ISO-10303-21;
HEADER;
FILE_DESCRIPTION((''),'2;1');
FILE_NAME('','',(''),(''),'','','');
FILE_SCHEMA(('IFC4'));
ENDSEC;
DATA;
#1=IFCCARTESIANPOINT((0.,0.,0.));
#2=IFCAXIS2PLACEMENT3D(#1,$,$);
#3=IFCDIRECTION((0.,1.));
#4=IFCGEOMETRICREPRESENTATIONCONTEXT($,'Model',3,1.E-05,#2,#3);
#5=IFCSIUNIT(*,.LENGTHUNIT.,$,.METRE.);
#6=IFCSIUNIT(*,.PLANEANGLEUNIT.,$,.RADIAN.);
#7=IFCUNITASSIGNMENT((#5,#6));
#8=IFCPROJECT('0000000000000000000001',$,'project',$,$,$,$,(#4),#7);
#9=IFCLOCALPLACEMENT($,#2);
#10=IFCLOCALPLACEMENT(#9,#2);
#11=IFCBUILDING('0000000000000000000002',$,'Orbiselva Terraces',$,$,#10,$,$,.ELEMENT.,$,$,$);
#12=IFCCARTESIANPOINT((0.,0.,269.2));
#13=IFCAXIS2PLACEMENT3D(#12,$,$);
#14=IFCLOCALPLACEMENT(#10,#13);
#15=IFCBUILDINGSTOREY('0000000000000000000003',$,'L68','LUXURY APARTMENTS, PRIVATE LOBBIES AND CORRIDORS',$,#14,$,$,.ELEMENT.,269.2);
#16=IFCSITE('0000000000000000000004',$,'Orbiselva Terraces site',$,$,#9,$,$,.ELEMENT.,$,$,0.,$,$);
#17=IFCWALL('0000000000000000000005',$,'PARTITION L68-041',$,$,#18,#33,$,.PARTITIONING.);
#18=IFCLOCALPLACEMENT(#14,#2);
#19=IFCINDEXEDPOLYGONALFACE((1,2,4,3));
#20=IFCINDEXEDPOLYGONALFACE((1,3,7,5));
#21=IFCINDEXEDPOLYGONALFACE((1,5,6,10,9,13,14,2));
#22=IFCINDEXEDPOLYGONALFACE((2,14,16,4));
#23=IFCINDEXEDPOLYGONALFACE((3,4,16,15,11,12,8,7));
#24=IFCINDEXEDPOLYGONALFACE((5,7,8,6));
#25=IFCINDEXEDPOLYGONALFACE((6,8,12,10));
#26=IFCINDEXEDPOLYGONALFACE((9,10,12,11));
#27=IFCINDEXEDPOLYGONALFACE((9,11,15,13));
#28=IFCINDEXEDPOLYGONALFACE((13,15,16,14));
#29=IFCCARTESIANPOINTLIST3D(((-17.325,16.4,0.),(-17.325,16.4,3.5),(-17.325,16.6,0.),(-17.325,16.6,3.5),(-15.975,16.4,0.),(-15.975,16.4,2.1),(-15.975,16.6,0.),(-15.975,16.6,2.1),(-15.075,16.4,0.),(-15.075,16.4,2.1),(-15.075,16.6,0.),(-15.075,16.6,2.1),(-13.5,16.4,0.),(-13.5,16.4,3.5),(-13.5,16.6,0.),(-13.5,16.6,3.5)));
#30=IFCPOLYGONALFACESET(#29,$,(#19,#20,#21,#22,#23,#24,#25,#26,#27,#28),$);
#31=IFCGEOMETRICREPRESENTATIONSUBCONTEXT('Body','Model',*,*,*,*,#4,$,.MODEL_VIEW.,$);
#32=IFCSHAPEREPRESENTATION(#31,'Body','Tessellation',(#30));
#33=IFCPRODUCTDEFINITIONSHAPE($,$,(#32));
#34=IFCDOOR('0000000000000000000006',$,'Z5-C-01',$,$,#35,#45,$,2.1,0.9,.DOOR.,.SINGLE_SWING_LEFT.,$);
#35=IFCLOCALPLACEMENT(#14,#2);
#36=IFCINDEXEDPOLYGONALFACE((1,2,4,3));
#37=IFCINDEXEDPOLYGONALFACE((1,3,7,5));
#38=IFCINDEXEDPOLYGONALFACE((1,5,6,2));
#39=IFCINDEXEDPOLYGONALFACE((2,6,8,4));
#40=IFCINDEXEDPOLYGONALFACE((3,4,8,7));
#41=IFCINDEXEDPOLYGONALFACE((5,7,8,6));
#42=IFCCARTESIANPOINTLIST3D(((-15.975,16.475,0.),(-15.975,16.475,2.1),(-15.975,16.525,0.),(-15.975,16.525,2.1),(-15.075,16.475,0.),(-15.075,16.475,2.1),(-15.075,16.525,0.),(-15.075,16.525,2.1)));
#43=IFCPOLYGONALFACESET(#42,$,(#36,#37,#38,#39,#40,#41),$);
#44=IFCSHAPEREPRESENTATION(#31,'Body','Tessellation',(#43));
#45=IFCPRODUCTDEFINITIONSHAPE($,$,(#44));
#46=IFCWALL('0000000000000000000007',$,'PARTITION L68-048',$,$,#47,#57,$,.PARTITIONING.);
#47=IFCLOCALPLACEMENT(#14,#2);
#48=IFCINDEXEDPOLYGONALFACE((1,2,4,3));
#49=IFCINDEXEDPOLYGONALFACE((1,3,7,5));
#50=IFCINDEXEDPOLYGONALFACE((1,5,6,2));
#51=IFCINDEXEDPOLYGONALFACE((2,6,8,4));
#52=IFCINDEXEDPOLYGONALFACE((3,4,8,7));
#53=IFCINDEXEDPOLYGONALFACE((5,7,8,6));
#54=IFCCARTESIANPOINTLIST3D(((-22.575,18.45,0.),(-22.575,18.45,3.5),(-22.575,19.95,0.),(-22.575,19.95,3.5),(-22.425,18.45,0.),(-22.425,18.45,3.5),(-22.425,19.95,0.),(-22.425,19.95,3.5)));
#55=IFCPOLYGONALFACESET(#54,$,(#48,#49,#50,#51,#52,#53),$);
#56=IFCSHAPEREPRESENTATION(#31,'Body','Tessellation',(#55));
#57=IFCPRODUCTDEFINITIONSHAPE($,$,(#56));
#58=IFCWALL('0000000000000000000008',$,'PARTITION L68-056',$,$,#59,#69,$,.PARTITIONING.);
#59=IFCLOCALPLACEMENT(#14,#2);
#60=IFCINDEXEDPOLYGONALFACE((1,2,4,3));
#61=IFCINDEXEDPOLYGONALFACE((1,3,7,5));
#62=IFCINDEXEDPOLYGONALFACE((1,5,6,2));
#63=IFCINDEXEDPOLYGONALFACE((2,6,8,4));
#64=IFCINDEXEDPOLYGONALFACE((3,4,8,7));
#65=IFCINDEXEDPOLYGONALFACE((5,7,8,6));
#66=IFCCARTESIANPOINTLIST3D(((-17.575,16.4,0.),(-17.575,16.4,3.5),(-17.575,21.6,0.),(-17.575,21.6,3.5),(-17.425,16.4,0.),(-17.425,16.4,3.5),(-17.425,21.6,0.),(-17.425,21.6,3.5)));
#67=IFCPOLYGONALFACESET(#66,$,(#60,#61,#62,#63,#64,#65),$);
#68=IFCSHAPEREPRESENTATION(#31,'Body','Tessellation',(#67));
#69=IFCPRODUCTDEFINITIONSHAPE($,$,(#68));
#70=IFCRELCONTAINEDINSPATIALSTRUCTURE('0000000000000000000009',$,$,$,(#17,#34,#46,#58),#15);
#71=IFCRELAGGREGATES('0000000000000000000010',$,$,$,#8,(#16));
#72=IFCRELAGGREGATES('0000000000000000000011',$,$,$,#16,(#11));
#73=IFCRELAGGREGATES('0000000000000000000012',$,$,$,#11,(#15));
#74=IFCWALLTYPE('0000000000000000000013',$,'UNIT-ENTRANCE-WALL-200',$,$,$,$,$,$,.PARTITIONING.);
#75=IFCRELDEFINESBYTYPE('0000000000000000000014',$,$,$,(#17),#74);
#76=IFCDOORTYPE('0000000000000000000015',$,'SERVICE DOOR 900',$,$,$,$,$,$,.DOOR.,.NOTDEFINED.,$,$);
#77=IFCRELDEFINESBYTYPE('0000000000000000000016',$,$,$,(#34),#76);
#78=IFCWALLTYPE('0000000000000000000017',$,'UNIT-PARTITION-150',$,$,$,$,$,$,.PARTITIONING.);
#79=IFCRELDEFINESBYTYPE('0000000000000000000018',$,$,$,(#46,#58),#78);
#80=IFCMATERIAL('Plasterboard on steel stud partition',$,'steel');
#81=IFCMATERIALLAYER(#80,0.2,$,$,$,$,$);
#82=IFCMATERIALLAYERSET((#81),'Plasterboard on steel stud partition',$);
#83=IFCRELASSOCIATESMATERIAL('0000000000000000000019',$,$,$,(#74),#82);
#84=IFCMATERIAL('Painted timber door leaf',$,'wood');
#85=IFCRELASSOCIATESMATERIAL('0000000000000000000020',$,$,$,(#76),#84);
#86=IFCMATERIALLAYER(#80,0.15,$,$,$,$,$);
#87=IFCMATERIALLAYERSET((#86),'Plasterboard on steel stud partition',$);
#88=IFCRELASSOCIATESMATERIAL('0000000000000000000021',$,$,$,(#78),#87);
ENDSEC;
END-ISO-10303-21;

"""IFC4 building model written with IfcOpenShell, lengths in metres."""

from ifc_helpers import new_model, si_unit, direction, frame, frame_2d, origin, place, context, subcontext, project, spatial, rectangle, extrude, material, layer, layer_set, type_object, element, fill, save


model = new_model("IFC4")

# Units and contexts
model_context = context("Model", 3, precision=1e-05, world=origin(), true_north=direction((0.0, 1.0)))
body_context = subcontext(model_context, "Body", "Model", "MODEL_VIEW")
ifc_project = project(units=[si_unit("LENGTHUNIT", "METRE"), si_unit("PLANEANGLEUNIT", "RADIAN")], contexts=[model_context])

# Site, building, storey
site_placement = place(None, origin())
site = spatial("IfcSite", under=ifc_project, at=site_placement, Name="Orbiselva Terraces site", CompositionType="ELEMENT", RefElevation=0.0)
building_placement = place(site_placement, origin())
building = spatial("IfcBuilding", under=site, at=building_placement, Name="Orbiselva Terraces", CompositionType="ELEMENT")
storey_placement = place(building_placement, frame((0.0, 0.0, 269.2)))
storey = spatial("IfcBuildingStorey", under=building, at=storey_placement, Name="L68", Description="LUXURY APARTMENTS, PRIVATE LOBBIES AND CORRIDORS", CompositionType="ELEMENT", Elevation=269.2)

# Wall, opening, door
ifc_material_1 = material(Name="Plasterboard on steel stud partition", Category="steel")
ifc_layer_1 = layer(ifc_material_1, 0.2)
ifc_layer_set_1 = layer_set([ifc_layer_1], Name="Plasterboard on steel stud partition")
wall_type_1 = type_object("IfcWallType", Name="UNIT-ENTRANCE-WALL-200", PredefinedType="PARTITIONING", material=ifc_layer_set_1)
wall_1_placement = place(storey_placement, frame((-17.325, 16.5, 0.0), z_axis=(0.0, 0.0, 1.0), x_axis=(1.0, 0.0, 0.0)))
wall_1 = element("IfcWall", 1, at=wall_1_placement, inside=storey, type_object=wall_type_1, Name="PARTITION L68-041", PredefinedType="PARTITIONING", context=body_context, shape_type="SweptSolid", body=[
    extrude(rectangle(XDim=3.825, YDim=0.2, at=frame_2d((1.9125, 0.0))), origin(), (0.0, 0.0, 1.0), 3.5),
])
opening_1_placement = place(wall_1_placement, frame((1.35, 0.0, 0.0)))
opening_1 = element("IfcOpeningElement", 2, at=opening_1_placement, cuts=wall_1, PredefinedType="OPENING", context=body_context, shape_type="SweptSolid", body=[
    extrude(rectangle(XDim=0.9, YDim=2.1, at=frame_2d((0.45, 1.05))), frame((0.0, 0.11, 0.0), z_axis=(0.0, -1.0, 0.0), x_axis=(1.0, 0.0, 0.0)), (0.0, 0.0, 1.0), 0.22),
])
ifc_material_2 = material(Name="Painted timber door leaf", Category="wood")
door_type_1 = type_object("IfcDoorType", Name="SERVICE DOOR 900", OperationType="NOTDEFINED", PredefinedType="DOOR", material=ifc_material_2)
door_1_placement = place(opening_1_placement, origin())
door_1 = element("IfcDoor", 3, at=door_1_placement, inside=storey, type_object=door_type_1, Name="Z5-C-01", OperationType="SINGLE_SWING_LEFT", OverallHeight=2.1, OverallWidth=0.9, PredefinedType="DOOR", context=body_context, shape_type="SweptSolid", body=[
    extrude(rectangle(XDim=0.9, YDim=2.1, at=frame_2d((0.45, 1.05))), frame((0.0, 0.025, 0.0), z_axis=(0.0, -1.0, 0.0), x_axis=(1.0, 0.0, 0.0)), (0.0, 0.0, 1.0), 0.05),
])
fill(opening_1, door_1)

# Walls
ifc_layer_2 = layer(ifc_material_1, 0.15)
ifc_layer_set_2 = layer_set([ifc_layer_2], Name="Plasterboard on steel stud partition")
wall_type_2 = type_object("IfcWallType", Name="UNIT-PARTITION-150", PredefinedType="PARTITIONING", material=ifc_layer_set_2)
wall_2_placement = place(storey_placement, frame((-22.5, 18.45, 0.0), z_axis=(0.0, 0.0, 1.0), x_axis=(0.0, 1.0, 0.0)))
element("IfcWall", 4, at=wall_2_placement, inside=storey, type_object=wall_type_2, Name="PARTITION L68-048", PredefinedType="PARTITIONING", context=body_context, shape_type="SweptSolid", body=[
    extrude(rectangle(XDim=1.5, YDim=0.15, at=frame_2d((0.75, 0.0))), origin(), (0.0, 0.0, 1.0), 3.5),
])
wall_3_placement = place(storey_placement, frame((-17.5, 16.4, 0.0), z_axis=(0.0, 0.0, 1.0), x_axis=(0.0, 1.0, 0.0)))
element("IfcWall", 5, at=wall_3_placement, inside=storey, type_object=wall_type_2, Name="PARTITION L68-056", PredefinedType="PARTITIONING", context=body_context, shape_type="SweptSolid", body=[
    extrude(rectangle(XDim=5.2, YDim=0.15, at=frame_2d((2.6, 0.0))), origin(), (0.0, 0.0, 1.0), 3.5),
])

save(model, "model.ifc")
